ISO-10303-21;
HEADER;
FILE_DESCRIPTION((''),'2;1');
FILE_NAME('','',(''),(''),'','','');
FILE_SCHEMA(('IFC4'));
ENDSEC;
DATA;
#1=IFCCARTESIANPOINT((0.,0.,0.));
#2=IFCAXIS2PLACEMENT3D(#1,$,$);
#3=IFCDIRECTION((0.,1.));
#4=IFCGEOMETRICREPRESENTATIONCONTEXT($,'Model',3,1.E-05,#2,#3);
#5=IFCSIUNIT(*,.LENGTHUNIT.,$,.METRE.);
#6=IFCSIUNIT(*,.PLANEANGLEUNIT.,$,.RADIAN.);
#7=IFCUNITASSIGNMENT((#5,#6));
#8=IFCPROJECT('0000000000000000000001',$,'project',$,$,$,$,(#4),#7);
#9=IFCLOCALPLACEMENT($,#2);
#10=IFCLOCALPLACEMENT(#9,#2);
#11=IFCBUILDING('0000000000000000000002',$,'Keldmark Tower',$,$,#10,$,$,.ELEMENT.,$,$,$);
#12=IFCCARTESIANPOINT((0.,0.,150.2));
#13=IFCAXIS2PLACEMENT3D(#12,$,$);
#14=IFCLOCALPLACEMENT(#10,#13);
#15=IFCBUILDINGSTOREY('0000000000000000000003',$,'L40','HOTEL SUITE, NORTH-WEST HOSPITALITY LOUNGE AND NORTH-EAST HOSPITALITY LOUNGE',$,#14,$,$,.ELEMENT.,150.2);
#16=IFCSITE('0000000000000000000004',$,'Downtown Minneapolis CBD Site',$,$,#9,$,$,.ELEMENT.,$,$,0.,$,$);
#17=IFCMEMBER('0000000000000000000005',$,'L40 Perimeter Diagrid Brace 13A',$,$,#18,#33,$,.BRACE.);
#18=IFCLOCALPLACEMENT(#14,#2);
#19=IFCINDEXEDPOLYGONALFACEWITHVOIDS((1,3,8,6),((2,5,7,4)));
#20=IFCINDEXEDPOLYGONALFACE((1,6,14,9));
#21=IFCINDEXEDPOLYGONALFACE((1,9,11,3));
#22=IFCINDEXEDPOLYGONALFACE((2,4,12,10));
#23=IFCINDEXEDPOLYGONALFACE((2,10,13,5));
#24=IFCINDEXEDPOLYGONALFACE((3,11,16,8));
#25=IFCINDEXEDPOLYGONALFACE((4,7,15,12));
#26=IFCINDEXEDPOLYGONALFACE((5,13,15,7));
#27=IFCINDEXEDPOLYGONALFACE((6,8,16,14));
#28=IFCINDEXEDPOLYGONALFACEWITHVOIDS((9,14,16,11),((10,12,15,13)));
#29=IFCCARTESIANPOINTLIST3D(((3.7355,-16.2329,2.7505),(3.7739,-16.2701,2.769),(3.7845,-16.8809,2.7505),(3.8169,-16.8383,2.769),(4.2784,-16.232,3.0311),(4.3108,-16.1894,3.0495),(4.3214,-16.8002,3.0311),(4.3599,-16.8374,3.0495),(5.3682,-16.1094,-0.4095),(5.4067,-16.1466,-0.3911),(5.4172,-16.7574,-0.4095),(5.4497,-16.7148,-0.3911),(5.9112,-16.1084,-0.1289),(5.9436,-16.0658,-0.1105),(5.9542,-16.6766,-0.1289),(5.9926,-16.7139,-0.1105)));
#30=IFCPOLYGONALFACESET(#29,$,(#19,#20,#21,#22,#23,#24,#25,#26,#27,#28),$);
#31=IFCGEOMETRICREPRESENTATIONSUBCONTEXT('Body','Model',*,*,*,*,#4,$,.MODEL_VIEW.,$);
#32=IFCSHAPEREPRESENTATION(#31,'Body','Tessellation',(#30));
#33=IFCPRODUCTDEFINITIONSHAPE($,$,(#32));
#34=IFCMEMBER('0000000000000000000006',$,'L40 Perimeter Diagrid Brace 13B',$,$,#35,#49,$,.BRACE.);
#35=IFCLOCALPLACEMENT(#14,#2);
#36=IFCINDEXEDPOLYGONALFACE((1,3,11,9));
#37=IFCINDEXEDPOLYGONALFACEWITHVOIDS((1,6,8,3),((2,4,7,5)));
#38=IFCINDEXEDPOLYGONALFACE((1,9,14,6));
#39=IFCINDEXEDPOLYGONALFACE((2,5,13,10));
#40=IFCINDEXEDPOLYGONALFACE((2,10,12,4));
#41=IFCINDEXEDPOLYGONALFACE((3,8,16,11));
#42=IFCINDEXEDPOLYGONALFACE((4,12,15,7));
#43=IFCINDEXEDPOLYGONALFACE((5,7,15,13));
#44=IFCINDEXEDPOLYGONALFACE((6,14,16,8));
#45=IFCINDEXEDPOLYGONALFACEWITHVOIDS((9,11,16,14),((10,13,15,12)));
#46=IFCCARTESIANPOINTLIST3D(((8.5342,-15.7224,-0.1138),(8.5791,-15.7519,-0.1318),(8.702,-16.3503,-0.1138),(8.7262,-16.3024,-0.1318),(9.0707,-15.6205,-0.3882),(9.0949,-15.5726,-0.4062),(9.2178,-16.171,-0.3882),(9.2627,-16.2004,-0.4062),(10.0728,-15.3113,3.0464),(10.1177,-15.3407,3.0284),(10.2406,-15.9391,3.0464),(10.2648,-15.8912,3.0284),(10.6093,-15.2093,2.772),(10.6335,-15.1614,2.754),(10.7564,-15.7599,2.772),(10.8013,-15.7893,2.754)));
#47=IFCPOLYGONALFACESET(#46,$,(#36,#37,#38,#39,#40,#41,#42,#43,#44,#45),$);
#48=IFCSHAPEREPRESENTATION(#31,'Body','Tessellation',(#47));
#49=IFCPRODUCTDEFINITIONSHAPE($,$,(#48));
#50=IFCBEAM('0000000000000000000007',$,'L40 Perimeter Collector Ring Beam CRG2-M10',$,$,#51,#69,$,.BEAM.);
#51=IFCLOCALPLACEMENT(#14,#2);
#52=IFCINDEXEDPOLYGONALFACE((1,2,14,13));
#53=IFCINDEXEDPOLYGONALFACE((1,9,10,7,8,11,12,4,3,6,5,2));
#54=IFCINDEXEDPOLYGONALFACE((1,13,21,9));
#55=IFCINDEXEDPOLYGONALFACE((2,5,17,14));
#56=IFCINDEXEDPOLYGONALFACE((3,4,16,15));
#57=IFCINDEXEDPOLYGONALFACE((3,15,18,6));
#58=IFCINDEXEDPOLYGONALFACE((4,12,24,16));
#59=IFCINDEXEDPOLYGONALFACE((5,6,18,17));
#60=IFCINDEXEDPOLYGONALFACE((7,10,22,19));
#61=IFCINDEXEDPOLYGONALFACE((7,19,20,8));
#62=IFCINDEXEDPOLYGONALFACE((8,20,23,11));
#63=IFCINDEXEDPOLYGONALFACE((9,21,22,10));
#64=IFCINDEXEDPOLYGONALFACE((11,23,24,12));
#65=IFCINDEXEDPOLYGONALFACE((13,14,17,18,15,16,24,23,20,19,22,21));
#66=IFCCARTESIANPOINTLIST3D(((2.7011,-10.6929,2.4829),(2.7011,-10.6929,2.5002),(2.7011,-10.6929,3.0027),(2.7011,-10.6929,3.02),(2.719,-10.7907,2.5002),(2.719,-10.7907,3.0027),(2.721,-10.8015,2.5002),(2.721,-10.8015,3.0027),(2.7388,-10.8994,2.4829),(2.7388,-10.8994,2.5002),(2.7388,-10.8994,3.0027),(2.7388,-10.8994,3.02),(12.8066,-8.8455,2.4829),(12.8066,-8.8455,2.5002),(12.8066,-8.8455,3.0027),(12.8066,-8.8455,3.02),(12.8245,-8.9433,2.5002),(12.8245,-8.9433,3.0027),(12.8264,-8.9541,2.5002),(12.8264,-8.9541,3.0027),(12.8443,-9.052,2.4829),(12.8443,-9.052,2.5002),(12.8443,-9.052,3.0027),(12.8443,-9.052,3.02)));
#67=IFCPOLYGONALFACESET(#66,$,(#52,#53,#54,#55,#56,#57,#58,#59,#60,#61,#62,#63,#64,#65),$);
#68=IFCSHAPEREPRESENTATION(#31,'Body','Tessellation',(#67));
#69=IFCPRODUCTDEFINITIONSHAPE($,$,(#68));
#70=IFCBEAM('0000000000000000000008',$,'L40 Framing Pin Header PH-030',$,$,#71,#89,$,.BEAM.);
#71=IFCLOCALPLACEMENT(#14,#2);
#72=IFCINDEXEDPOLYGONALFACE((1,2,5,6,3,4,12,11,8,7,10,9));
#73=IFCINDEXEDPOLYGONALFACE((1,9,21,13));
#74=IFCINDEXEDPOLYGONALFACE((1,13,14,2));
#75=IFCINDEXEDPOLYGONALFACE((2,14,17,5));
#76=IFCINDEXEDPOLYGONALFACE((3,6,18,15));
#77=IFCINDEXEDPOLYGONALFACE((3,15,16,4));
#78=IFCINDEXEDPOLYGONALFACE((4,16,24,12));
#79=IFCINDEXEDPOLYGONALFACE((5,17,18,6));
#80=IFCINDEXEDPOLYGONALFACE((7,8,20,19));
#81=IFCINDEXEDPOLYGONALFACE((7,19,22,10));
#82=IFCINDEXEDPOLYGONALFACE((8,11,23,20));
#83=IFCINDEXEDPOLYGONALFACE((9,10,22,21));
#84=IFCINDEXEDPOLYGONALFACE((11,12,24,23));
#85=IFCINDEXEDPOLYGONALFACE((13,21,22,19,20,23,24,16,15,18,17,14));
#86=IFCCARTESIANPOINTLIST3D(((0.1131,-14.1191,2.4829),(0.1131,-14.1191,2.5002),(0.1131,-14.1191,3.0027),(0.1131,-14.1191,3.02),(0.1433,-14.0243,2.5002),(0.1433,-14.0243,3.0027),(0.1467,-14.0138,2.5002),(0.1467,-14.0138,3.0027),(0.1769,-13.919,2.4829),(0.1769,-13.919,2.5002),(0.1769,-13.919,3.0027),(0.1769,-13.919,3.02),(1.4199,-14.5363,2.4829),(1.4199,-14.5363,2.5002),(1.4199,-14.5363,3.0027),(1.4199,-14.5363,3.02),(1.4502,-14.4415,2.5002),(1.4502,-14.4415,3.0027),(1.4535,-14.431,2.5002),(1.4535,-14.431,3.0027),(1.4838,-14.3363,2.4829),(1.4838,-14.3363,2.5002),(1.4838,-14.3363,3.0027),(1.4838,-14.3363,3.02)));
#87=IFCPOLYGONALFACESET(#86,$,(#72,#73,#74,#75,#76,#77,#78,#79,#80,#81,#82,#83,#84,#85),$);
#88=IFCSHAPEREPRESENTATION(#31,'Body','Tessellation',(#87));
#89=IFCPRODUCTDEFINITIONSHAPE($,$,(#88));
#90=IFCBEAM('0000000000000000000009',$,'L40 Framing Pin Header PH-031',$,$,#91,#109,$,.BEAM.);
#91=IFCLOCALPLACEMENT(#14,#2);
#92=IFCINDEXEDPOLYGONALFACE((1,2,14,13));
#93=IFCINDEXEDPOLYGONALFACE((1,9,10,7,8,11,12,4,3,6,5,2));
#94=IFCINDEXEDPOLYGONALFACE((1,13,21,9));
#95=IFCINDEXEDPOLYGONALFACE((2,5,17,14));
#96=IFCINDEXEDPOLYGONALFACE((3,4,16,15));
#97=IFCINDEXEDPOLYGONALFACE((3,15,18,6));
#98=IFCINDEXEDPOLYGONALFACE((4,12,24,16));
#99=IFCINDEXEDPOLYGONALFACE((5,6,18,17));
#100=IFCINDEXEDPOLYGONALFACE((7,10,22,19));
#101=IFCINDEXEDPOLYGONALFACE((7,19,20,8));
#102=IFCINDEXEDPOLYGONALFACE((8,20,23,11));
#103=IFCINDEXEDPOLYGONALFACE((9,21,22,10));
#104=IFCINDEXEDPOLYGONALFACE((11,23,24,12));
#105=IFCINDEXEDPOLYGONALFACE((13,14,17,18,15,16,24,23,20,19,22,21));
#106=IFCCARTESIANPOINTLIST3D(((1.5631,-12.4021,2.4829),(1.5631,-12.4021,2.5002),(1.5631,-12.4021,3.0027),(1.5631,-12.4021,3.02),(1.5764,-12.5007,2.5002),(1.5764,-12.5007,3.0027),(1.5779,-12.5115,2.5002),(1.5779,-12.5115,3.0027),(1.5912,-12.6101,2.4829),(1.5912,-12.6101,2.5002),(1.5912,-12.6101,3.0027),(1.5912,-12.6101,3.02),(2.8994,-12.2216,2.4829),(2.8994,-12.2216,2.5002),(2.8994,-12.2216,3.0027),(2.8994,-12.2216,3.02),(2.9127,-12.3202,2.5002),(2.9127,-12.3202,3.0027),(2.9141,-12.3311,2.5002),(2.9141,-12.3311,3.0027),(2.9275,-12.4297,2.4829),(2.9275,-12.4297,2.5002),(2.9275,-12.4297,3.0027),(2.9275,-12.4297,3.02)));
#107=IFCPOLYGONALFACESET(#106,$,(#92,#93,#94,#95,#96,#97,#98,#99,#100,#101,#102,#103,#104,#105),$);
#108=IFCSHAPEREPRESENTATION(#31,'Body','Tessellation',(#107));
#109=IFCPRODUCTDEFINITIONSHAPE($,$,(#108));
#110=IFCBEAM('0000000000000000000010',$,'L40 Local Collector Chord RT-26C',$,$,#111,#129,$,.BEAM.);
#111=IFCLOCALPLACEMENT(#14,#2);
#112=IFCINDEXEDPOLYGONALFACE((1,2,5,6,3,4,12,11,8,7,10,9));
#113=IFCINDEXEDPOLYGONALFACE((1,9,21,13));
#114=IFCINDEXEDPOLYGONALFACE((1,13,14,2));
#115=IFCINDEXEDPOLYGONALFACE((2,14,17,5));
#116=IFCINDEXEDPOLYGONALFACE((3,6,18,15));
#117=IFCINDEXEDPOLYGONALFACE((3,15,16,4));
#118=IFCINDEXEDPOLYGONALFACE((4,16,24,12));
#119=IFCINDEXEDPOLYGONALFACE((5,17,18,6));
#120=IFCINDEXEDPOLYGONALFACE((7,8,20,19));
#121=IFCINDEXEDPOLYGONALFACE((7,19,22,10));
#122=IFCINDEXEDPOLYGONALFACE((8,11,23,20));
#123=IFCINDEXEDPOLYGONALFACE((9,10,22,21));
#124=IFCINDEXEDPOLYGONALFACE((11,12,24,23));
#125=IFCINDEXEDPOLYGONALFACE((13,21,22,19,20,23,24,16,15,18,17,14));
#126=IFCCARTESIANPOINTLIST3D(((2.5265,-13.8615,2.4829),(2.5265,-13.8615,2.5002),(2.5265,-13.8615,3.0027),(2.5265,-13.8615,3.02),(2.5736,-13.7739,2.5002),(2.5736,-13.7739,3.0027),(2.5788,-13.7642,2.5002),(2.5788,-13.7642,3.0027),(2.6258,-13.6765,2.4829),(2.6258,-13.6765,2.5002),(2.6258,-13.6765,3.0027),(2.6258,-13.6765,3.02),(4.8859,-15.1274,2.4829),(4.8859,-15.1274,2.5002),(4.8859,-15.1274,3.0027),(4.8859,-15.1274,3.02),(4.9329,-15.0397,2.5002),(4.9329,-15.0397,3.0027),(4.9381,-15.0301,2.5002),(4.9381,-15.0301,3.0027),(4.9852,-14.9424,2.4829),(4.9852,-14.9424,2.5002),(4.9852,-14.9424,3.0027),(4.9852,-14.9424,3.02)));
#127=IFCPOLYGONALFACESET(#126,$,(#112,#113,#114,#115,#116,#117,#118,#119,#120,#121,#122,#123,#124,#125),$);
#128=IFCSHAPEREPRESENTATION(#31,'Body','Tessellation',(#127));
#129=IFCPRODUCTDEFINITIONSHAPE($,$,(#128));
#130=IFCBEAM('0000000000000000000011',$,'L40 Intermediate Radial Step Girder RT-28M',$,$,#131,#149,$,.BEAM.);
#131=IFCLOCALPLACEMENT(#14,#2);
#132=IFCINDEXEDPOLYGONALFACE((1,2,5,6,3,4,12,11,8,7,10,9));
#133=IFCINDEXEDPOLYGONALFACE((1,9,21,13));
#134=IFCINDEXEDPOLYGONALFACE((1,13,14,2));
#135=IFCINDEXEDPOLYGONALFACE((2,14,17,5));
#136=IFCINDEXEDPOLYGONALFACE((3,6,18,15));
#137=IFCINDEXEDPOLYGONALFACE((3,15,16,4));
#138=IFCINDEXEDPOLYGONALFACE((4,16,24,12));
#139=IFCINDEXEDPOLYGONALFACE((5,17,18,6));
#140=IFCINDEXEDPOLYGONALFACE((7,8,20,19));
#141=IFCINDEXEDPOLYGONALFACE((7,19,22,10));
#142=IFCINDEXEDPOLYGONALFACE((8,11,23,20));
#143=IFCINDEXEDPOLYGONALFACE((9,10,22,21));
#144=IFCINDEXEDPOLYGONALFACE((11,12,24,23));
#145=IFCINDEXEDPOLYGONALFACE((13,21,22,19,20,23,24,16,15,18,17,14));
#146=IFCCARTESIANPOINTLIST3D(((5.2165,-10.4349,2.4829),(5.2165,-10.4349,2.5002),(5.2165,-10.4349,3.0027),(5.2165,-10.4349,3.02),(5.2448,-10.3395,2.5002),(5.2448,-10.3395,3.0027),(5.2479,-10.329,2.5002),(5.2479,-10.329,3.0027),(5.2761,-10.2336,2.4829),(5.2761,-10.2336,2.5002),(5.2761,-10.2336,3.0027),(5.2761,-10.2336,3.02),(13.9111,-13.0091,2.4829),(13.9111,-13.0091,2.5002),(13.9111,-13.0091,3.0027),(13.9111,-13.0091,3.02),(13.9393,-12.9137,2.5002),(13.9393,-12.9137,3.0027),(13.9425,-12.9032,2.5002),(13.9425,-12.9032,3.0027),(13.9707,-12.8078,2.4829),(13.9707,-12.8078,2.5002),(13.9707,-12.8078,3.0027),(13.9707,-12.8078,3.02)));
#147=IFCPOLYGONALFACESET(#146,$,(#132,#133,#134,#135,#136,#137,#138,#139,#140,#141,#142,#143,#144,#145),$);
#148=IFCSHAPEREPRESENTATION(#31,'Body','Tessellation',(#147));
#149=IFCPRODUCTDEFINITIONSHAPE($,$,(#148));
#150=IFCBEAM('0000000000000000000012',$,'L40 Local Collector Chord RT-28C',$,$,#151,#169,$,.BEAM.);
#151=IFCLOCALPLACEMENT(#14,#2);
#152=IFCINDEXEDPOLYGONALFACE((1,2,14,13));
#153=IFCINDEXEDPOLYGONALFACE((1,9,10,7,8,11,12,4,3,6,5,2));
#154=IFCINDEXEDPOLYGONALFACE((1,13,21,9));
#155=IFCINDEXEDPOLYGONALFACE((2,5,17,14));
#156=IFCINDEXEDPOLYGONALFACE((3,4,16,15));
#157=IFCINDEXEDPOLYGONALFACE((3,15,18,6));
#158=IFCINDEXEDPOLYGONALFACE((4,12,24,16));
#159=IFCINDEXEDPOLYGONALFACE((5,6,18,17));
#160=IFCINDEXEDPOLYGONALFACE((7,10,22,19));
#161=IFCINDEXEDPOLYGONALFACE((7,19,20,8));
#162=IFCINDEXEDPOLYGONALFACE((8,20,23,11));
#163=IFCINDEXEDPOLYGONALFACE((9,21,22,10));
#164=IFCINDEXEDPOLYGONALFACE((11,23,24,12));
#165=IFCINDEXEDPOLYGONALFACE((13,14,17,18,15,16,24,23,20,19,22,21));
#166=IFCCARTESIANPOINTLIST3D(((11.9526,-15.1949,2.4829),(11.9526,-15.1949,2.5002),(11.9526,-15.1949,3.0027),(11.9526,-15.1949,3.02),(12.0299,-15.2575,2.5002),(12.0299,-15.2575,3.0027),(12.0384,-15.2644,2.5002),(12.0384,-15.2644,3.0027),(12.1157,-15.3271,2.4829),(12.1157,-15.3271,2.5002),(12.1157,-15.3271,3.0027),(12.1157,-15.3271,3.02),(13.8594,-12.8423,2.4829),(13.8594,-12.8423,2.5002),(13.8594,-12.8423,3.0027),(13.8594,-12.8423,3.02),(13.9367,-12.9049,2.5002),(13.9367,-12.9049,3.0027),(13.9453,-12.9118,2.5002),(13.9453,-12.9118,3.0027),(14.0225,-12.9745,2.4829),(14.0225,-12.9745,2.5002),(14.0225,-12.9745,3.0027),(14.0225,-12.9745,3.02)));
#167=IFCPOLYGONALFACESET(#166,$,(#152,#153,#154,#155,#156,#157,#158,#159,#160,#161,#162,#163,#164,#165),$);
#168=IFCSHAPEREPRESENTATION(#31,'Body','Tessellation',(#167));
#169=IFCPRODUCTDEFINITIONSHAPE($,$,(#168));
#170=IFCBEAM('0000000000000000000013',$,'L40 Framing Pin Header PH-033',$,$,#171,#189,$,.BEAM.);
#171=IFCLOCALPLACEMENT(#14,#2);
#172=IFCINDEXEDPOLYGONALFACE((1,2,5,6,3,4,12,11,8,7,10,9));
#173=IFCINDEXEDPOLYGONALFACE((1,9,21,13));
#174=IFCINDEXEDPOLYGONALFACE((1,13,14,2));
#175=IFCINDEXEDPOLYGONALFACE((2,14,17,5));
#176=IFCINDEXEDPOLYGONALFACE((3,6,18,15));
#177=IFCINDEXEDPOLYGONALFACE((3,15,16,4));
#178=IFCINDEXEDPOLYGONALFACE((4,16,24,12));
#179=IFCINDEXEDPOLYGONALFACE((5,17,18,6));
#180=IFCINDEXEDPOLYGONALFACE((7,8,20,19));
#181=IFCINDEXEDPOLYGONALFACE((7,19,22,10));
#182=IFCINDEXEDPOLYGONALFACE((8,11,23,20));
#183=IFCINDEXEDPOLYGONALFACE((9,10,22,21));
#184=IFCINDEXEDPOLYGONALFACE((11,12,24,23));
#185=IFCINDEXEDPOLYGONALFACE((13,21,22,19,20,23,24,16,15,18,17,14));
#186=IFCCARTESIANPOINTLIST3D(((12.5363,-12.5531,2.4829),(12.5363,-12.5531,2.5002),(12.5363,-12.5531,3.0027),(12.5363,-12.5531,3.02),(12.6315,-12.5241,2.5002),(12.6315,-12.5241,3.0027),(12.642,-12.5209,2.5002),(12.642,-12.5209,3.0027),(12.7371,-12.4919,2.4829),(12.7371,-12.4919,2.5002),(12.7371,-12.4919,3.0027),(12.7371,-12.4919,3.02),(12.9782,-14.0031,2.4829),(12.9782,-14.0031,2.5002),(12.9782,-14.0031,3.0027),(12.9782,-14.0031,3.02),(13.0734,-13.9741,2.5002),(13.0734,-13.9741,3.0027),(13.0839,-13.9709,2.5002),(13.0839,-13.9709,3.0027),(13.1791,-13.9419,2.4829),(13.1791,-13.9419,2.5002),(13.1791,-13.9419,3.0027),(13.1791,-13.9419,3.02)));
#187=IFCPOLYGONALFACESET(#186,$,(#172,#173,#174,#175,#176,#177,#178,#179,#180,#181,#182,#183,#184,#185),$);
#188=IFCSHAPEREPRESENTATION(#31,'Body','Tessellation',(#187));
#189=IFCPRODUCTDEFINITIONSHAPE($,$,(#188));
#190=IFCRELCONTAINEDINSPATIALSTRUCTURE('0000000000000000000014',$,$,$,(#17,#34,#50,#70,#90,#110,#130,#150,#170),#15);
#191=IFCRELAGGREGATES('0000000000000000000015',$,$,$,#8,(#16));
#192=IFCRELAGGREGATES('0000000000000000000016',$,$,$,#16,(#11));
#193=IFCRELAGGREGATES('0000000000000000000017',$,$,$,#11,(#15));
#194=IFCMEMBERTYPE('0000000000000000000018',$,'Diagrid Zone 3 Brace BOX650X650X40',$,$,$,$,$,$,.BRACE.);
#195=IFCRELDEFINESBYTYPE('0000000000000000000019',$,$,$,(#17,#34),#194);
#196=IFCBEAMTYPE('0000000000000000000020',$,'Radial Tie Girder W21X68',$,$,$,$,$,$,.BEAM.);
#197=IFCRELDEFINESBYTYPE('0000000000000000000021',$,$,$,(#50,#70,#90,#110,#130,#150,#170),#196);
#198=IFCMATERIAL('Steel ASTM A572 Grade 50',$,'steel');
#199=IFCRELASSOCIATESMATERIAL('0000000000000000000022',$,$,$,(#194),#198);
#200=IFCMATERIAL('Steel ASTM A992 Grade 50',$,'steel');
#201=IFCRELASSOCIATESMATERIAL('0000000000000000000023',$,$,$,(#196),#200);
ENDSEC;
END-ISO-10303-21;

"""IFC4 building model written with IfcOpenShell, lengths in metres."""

from ifc_helpers import new_model, si_unit, direction, frame, origin, origin_2d, place, context, subcontext, project, spatial, hollow_rectangle, i_section, extrude, material, material_profile, profile_set, type_object, element, save


model = new_model("IFC4")

# Units and contexts
model_context = context("Model", 3, precision=1e-05, world=origin(), true_north=direction((0.0, 1.0)))
body_context = subcontext(model_context, "Body", "Model", "MODEL_VIEW")
ifc_project = project(units=[si_unit("LENGTHUNIT", "METRE"), si_unit("PLANEANGLEUNIT", "RADIAN")], contexts=[model_context])

# Site, building, storey
site_placement = place(None, origin())
site = spatial("IfcSite", under=ifc_project, at=site_placement, Name="Downtown Minneapolis CBD Site", CompositionType="ELEMENT", RefElevation=0.0)
building_placement = place(site_placement, origin())
building = spatial("IfcBuilding", under=site, at=building_placement, Name="Keldmark Tower", CompositionType="ELEMENT")
storey_placement = place(building_placement, frame((0.0, 0.0, 150.2)))
storey = spatial("IfcBuildingStorey", under=building, at=storey_placement, Name="L40", Description="HOTEL SUITE, NORTH-WEST HOSPITALITY LOUNGE AND NORTH-EAST HOSPITALITY LOUNGE", CompositionType="ELEMENT", Elevation=150.2)

# Members
ifc_material_1 = material(Name="Steel ASTM A572 Grade 50", Category="steel")
ifc_material_profile_1 = material_profile(ifc_material_1, hollow_rectangle(XDim=0.6499, YDim=0.6499, WallThickness=0.04, at=origin_2d()), Name="BOX650X650X40")
ifc_profile_set_1 = profile_set([ifc_material_profile_1], Name="Steel ASTM A572 Grade 50")
member_type = type_object("IfcMemberType", Name="Diagrid Zone 3 Brace BOX650X650X40", PredefinedType="BRACE", material=ifc_profile_set_1)
member_1_placement = place(storey_placement, frame((5.6804, -16.4116, -0.26), z_axis=(-0.458758, -0.034709, 0.887883), x_axis=(0.075442, -0.99715, 0.0)))
element("IfcMember", 1, at=member_1_placement, inside=storey, type_object=member_type, Name="L40 Perimeter Diagrid Brace 13A", PredefinedType="BRACE", context=body_context, shape_type="SweptSolid", body=[
    extrude(hollow_rectangle(XDim=0.6499, YDim=0.6499, WallThickness=0.04, at=origin_2d()), origin(), (0.0, 0.0, 1.0), 3.5591),
])
member_2_placement = place(storey_placement, frame((8.8984, -15.9614, -0.26), z_axis=(0.434778, 0.11618, 0.893012), x_axis=(-0.258159, 0.966103, 0.0)))
element("IfcMember", 2, at=member_2_placement, inside=storey, type_object=member_type, Name="L40 Perimeter Diagrid Brace 13B", PredefinedType="BRACE", context=body_context, shape_type="SweptSolid", body=[
    extrude(hollow_rectangle(XDim=0.6499, YDim=0.6499, WallThickness=0.04, at=origin_2d()), origin(), (0.0, 0.0, 1.0), 3.5388),
])

# Beams
ifc_material_2 = material(Name="Steel ASTM A992 Grade 50", Category="steel")
ifc_material_profile_2 = material_profile(ifc_material_2, i_section(OverallWidth=0.21, OverallDepth=0.5371, WebThickness=0.011, FlangeThickness=0.0173, at=origin_2d()), Name="W21X68")
ifc_profile_set_2 = profile_set([ifc_material_profile_2], Name="Steel ASTM A992 Grade 50")
beam_type_1 = type_object("IfcBeamType", Name="Radial Tie Girder W21X68", PredefinedType="BEAM", material=ifc_profile_set_2)
beam_1_placement = place(storey_placement, frame((2.72, -10.7961, 2.7515), z_axis=(0.983697, 0.179833, 0.0), x_axis=(-0.179833, 0.983697, 0.0)))
element("IfcBeam", 3, at=beam_1_placement, inside=storey, type_object=beam_type_1, Name="L40 Perimeter Collector Ring Beam CRG2-M10", PredefinedType="BEAM", context=body_context, shape_type="SweptSolid", body=[
    extrude(i_section(OverallWidth=0.21, OverallDepth=0.5371, WebThickness=0.011, FlangeThickness=0.0173, at=origin_2d()), origin(), (0.0, 0.0, 1.0), 10.2729),
])
beam_2_placement = place(storey_placement, frame((0.145, -14.019, 2.7515), z_axis=(0.952628, -0.304136, 0.0), x_axis=(0.304136, 0.952628, 0.0)))
element("IfcBeam", 4, at=beam_2_placement, inside=storey, type_object=beam_type_1, Name="L40 Framing Pin Header PH-030", PredefinedType="BEAM", context=body_context, shape_type="SweptSolid", body=[
    extrude(i_section(OverallWidth=0.21, OverallDepth=0.5371, WebThickness=0.011, FlangeThickness=0.0173, at=origin_2d()), origin(), (0.0, 0.0, 1.0), 1.3718),
])
beam_3_placement = place(storey_placement, frame((1.5771, -12.5061, 2.7515), z_axis=(0.991007, 0.133812, 0.0), x_axis=(-0.133812, 0.991007, 0.0)))
element("IfcBeam", 5, at=beam_3_placement, inside=storey, type_object=beam_type_1, Name="L40 Framing Pin Header PH-031", PredefinedType="BEAM", context=body_context, shape_type="SweptSolid", body=[
    extrude(i_section(OverallWidth=0.21, OverallDepth=0.5371, WebThickness=0.011, FlangeThickness=0.0173, at=origin_2d()), origin(), (0.0, 0.0, 1.0), 1.3484),
])
beam_4_placement = place(storey_placement, frame((2.5762, -13.769, 2.7515), z_axis=(0.881182, -0.472778, 0.0), x_axis=(0.472778, 0.881182, 0.0)))
element("IfcBeam", 6, at=beam_4_placement, inside=storey, type_object=beam_type_1, Name="L40 Local Collector Chord RT-26C", PredefinedType="BEAM", context=body_context, shape_type="SweptSolid", body=[
    extrude(i_section(OverallWidth=0.21, OverallDepth=0.5371, WebThickness=0.011, FlangeThickness=0.0173, at=origin_2d()), origin(), (0.0, 0.0, 1.0), 2.6775),
])
beam_5_placement = place(storey_placement, frame((5.2463, -10.3342, 2.7515), z_axis=(0.958857, -0.28389, 0.0), x_axis=(0.28389, 0.958857, 0.0)))
element("IfcBeam", 7, at=beam_5_placement, inside=storey, type_object=beam_type_1, Name="L40 Intermediate Radial Step Girder RT-28M", PredefinedType="BEAM", context=body_context, shape_type="SweptSolid", body=[
    extrude(i_section(OverallWidth=0.21, OverallDepth=0.5371, WebThickness=0.011, FlangeThickness=0.0173, at=origin_2d()), origin(), (0.0, 0.0, 1.0), 9.0676),
])
beam_6_placement = place(storey_placement, frame((12.0342, -15.261, 2.7515), z_axis=(0.629657, 0.776873, 0.0), x_axis=(-0.776873, 0.629657, 0.0)))
element("IfcBeam", 8, at=beam_6_placement, inside=storey, type_object=beam_type_1, Name="L40 Local Collector Chord RT-28C", PredefinedType="BEAM", context=body_context, shape_type="SweptSolid", body=[
    extrude(i_section(OverallWidth=0.21, OverallDepth=0.5371, WebThickness=0.011, FlangeThickness=0.0173, at=origin_2d()), origin(), (0.0, 0.0, 1.0), 3.0283),
])
beam_7_placement = place(storey_placement, frame((12.6367, -12.5225, 2.7515), z_axis=(0.291527, -0.956563, 0.0), x_axis=(0.956563, 0.291527, 0.0)))
element("IfcBeam", 9, at=beam_7_placement, inside=storey, type_object=beam_type_1, Name="L40 Framing Pin Header PH-033", PredefinedType="BEAM", context=body_context, shape_type="SweptSolid", body=[
    extrude(i_section(OverallWidth=0.21, OverallDepth=0.5371, WebThickness=0.011, FlangeThickness=0.0173, at=origin_2d()), origin(), (0.0, 0.0, 1.0), 1.5159),
])

save(model, "model.ifc")
